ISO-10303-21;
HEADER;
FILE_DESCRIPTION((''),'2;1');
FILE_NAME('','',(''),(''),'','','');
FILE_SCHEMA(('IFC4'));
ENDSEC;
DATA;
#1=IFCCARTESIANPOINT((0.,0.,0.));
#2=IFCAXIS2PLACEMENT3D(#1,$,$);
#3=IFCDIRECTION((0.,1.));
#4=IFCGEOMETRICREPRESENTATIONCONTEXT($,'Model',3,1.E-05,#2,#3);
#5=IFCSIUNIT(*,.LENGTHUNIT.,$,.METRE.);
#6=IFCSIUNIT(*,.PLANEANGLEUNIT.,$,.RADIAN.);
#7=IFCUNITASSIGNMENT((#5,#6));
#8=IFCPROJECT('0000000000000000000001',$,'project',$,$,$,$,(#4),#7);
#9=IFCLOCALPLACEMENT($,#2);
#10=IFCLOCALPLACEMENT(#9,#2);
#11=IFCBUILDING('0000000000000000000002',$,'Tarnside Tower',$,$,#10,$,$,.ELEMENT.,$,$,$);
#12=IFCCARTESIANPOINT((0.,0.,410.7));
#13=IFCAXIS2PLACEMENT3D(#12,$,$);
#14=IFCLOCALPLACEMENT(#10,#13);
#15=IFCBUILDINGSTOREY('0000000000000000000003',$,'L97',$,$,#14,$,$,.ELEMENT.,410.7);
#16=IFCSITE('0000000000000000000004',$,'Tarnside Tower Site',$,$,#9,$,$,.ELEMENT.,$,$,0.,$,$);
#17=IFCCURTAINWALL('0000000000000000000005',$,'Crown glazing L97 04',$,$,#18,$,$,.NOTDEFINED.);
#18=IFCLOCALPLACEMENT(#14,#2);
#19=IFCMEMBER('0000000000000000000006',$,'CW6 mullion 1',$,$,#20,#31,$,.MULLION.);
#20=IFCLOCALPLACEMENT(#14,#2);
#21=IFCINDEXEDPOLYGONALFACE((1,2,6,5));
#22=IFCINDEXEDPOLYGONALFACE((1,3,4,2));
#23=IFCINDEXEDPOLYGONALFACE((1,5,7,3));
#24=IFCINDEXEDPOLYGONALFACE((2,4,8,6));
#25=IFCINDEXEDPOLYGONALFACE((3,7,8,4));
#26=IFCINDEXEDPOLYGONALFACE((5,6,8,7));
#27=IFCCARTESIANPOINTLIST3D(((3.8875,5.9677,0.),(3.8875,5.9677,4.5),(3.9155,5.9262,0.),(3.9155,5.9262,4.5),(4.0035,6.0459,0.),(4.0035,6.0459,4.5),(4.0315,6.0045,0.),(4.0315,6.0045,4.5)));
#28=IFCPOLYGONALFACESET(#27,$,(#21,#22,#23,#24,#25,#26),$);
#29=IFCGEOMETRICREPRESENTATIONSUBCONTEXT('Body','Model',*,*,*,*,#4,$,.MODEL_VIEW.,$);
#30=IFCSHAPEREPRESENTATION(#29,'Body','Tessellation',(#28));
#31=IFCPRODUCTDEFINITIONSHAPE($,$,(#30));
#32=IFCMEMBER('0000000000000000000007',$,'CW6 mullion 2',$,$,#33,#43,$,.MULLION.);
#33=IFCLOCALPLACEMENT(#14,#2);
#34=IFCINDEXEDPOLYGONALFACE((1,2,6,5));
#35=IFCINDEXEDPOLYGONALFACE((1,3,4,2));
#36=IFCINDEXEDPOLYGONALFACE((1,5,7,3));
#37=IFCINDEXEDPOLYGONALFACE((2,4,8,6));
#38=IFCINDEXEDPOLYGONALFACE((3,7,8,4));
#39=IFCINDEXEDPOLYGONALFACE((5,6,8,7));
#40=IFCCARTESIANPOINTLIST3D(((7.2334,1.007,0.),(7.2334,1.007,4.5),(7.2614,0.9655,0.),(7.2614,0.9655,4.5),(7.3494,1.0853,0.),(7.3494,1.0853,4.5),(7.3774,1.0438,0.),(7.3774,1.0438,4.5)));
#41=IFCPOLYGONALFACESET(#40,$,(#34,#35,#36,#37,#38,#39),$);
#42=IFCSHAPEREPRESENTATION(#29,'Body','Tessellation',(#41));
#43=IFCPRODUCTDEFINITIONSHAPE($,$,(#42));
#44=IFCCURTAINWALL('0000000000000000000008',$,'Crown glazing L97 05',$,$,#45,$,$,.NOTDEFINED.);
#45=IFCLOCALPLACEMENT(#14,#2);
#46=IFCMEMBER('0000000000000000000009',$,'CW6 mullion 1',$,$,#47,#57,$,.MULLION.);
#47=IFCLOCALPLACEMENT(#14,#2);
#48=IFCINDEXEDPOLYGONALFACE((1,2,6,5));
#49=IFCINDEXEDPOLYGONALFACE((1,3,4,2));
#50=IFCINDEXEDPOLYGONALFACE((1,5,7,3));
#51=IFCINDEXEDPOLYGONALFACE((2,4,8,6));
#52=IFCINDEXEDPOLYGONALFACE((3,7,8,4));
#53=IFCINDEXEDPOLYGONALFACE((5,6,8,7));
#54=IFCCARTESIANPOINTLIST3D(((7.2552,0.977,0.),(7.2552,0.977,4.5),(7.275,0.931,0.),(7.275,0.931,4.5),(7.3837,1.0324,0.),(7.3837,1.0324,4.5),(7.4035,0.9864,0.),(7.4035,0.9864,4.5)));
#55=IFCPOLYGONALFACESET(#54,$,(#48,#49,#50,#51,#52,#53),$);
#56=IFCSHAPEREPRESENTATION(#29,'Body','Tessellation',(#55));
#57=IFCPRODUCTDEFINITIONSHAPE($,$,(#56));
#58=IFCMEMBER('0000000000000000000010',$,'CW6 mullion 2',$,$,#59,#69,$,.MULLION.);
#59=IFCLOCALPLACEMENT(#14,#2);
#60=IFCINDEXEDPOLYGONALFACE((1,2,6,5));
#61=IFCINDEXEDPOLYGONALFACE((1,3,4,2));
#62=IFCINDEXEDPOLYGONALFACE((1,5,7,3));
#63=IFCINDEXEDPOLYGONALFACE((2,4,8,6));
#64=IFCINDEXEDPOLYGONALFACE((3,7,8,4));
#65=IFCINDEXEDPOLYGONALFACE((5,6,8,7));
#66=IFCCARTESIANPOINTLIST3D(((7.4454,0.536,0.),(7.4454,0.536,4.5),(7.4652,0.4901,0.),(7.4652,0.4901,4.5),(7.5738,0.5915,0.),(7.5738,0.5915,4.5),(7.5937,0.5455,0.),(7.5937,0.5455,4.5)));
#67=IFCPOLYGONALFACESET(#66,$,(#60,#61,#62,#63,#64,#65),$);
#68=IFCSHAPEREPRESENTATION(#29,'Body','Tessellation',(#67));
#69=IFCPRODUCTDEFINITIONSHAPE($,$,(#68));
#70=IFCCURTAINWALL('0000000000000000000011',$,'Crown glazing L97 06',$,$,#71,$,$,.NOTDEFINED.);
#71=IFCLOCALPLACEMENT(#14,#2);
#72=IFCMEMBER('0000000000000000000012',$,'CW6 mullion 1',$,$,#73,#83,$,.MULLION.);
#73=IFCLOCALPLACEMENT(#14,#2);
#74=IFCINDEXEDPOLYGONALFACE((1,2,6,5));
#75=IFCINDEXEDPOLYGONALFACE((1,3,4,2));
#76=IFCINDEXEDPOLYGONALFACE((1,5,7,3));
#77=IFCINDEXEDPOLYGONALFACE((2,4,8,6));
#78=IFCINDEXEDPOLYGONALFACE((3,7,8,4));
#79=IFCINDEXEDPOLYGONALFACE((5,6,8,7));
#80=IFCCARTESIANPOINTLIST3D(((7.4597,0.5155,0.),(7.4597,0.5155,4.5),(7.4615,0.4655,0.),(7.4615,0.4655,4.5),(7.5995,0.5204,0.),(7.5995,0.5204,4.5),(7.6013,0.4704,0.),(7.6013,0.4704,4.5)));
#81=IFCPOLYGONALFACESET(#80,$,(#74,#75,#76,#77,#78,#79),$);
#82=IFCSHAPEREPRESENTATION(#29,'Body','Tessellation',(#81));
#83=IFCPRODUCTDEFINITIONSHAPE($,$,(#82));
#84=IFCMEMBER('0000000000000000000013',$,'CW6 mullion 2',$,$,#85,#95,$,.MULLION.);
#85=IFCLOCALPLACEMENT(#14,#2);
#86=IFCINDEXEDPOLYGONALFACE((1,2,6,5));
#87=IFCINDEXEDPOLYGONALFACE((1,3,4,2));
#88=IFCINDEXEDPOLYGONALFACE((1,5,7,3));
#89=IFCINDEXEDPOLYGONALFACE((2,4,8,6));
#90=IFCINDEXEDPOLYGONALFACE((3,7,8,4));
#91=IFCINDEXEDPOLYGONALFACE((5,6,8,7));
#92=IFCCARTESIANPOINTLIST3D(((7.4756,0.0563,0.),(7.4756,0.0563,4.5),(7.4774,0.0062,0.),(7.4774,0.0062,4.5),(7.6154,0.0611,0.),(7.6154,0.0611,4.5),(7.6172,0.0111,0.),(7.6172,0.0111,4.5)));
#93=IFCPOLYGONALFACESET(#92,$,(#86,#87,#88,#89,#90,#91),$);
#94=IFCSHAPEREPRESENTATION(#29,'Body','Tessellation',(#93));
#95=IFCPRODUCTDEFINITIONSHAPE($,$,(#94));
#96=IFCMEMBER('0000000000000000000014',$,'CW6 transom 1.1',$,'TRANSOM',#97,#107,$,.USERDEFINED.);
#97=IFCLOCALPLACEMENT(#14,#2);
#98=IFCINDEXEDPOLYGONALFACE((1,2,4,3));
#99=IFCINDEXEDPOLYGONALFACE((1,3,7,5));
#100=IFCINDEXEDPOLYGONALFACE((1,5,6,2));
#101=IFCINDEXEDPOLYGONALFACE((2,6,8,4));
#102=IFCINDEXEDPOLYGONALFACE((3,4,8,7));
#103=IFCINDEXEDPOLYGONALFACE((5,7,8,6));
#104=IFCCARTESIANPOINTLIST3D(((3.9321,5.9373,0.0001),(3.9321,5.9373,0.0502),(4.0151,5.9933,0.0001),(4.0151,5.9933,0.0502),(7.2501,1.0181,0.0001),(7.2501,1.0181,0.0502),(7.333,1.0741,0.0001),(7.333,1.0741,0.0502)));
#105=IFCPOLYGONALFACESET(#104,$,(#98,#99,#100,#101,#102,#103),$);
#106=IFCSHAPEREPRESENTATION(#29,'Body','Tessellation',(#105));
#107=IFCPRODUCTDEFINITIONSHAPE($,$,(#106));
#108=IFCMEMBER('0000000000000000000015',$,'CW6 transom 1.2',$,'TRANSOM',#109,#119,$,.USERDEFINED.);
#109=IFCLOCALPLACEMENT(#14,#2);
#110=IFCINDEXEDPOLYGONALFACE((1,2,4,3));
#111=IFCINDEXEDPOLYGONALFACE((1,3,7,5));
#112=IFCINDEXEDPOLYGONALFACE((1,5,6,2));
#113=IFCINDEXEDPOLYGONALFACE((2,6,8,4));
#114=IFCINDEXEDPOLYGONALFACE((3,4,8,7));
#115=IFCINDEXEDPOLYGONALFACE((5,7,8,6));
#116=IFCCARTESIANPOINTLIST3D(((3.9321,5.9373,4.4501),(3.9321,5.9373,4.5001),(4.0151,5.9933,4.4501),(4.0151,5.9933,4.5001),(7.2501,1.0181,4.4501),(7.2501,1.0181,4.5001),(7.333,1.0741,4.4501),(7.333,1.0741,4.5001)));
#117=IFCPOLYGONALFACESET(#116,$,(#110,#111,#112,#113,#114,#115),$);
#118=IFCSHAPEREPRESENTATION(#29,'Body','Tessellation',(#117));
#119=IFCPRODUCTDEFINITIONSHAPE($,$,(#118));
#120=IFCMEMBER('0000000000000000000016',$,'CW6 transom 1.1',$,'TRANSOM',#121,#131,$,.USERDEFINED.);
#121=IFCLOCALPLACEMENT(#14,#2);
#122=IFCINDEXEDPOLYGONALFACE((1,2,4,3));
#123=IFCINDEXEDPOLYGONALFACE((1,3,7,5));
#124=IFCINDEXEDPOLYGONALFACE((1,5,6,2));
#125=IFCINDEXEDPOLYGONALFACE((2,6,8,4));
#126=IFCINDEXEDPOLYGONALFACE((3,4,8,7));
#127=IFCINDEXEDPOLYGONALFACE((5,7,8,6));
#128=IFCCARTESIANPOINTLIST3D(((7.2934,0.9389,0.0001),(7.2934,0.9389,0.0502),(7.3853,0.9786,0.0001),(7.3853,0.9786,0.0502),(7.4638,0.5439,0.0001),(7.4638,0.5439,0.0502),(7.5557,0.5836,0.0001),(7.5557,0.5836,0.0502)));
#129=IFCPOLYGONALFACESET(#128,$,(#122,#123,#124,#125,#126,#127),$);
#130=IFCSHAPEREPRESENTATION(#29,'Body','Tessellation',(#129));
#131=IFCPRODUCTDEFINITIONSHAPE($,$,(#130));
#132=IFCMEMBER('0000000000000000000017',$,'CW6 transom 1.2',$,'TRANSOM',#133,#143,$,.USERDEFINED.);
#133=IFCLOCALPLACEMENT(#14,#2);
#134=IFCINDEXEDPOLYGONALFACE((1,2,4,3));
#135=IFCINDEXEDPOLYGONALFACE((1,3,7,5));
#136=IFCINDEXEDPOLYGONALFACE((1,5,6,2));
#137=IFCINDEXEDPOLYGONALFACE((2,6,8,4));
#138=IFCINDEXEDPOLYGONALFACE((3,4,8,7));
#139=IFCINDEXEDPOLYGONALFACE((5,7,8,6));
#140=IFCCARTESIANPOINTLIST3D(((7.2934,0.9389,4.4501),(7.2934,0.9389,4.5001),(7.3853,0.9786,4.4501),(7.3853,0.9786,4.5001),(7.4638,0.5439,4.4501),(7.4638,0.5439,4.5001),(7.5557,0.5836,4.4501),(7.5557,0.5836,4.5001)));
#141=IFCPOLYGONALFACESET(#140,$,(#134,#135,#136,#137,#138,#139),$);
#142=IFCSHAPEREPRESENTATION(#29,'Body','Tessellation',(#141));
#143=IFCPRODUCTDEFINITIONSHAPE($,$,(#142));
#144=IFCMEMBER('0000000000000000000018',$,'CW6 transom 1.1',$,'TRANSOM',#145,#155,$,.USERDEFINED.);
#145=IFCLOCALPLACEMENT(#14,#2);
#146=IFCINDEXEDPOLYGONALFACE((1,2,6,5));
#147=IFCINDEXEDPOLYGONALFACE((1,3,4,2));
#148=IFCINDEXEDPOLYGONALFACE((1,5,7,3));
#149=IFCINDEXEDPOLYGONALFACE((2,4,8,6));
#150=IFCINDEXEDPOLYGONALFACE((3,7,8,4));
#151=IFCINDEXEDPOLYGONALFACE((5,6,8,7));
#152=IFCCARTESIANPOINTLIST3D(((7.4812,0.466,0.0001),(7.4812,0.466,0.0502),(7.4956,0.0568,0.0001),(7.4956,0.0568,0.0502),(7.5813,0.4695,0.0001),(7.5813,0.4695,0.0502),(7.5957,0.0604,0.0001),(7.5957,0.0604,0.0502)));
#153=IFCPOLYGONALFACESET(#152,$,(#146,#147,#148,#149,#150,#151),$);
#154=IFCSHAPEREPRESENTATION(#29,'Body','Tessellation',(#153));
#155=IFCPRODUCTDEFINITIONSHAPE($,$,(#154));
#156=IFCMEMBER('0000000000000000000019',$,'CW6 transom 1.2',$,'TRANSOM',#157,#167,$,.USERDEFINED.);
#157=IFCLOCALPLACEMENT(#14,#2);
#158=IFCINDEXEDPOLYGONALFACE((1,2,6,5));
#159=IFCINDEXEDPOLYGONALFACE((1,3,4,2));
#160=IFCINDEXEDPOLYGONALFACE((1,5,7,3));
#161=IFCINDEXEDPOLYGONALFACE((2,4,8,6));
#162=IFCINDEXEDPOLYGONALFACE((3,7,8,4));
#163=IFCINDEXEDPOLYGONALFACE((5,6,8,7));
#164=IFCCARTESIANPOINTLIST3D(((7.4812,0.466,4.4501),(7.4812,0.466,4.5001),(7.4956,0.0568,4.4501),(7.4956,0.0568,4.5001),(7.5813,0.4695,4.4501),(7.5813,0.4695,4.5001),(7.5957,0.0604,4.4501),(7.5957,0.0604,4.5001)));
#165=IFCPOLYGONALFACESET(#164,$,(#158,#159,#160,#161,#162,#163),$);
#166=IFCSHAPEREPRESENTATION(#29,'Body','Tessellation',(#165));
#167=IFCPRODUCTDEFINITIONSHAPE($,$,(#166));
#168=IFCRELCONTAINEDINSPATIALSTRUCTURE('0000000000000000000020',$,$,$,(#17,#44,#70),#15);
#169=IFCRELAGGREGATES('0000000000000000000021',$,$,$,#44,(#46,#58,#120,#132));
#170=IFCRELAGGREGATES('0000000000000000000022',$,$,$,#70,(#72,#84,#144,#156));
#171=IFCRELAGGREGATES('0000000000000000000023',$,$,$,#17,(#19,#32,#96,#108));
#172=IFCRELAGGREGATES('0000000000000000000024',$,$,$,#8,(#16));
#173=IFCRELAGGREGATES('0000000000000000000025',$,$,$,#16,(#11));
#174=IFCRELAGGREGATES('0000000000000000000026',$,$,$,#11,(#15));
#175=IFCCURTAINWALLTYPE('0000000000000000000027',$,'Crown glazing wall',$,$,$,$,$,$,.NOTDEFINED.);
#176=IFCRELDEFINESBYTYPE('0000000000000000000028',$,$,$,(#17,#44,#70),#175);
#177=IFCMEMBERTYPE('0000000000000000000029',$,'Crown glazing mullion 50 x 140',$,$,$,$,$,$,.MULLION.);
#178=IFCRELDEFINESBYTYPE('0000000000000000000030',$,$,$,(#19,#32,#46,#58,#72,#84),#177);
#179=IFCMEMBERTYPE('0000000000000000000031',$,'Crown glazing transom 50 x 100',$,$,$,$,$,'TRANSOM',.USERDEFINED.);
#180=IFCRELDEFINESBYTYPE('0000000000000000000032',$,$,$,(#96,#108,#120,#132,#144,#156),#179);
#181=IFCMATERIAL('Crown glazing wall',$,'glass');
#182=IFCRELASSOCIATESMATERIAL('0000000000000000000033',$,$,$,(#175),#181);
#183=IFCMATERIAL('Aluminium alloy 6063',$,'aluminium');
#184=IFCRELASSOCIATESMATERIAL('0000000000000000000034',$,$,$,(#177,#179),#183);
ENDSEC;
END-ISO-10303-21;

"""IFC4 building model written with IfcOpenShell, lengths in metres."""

from ifc_helpers import new_model, si_unit, direction, frame, origin, origin_2d, place, context, subcontext, project, spatial, rectangle, extrude, material, material_profile, profile_set, type_object, element, aggregate, save


model = new_model("IFC4")

# Units and contexts
model_context = context("Model", 3, precision=1e-05, world=origin(), true_north=direction((0.0, 1.0)))
body_context = subcontext(model_context, "Body", "Model", "MODEL_VIEW")
ifc_project = project(units=[si_unit("LENGTHUNIT", "METRE"), si_unit("PLANEANGLEUNIT", "RADIAN")], contexts=[model_context])

# Site, building, storey
site_placement = place(None, origin())
site = spatial("IfcSite", under=ifc_project, at=site_placement, Name="Tarnside Tower Site", CompositionType="ELEMENT", RefElevation=0.0)
building_placement = place(site_placement, origin())
building = spatial("IfcBuilding", under=site, at=building_placement, Name="Tarnside Tower", CompositionType="ELEMENT")
storey_placement = place(building_placement, frame((0.0, 0.0, 410.7)))
storey = spatial("IfcBuildingStorey", under=building, at=storey_placement, Name="L97", CompositionType="ELEMENT", Elevation=410.7)

# Curtain walls, members
ifc_material_1 = material(Name="Crown glazing wall", Category="glass")
curtain_wall_type_1 = type_object("IfcCurtainWallType", Name="Crown glazing wall", PredefinedType="NOTDEFINED", material=ifc_material_1)
curtain_wall_1_placement = place(storey_placement, origin())
curtain_wall_1 = element("IfcCurtainWall", 1, at=curtain_wall_1_placement, inside=storey, type_object=curtain_wall_type_1, Name="Crown glazing L97 04", PredefinedType="NOTDEFINED")
ifc_material_2 = material(Name="Aluminium alloy 6063", Category="aluminium")
ifc_material_profile_1 = material_profile(ifc_material_2, rectangle(XDim=0.1399, YDim=0.05, at=origin_2d()), Name="Crown glazing mullion 50 x 140")
ifc_profile_set_1 = profile_set([ifc_material_profile_1], Name="Aluminium alloy 6063")
member_type_1 = type_object("IfcMemberType", Name="Crown glazing mullion 50 x 140", PredefinedType="MULLION", material=ifc_profile_set_1)
member_1_placement = place(storey_placement, frame((3.9595, 5.9861, 0.0), z_axis=(0.0, 0.0, 1.0), x_axis=(0.829038, 0.559193, 0.0)))
member_1 = element("IfcMember", 2, at=member_1_placement, type_object=member_type_1, Name="CW6 mullion 1", PredefinedType="MULLION", context=body_context, shape_type="SweptSolid", body=[
    extrude(rectangle(XDim=0.1399, YDim=0.05, at=origin_2d()), origin(), (0.0, 0.0, 1.0), 4.5),
])
member_2_placement = place(storey_placement, frame((7.3054, 1.0254, 0.0), z_axis=(0.0, 0.0, 1.0), x_axis=(0.829038, 0.559193, 0.0)))
member_2 = element("IfcMember", 3, at=member_2_placement, type_object=member_type_1, Name="CW6 mullion 2", PredefinedType="MULLION", context=body_context, shape_type="SweptSolid", body=[
    extrude(rectangle(XDim=0.1399, YDim=0.05, at=origin_2d()), origin(), (0.0, 0.0, 1.0), 4.5),
])
curtain_wall_2_placement = place(storey_placement, origin())
curtain_wall_2 = element("IfcCurtainWall", 4, at=curtain_wall_2_placement, inside=storey, type_object=curtain_wall_type_1, Name="Crown glazing L97 05", PredefinedType="NOTDEFINED")
member_3_placement = place(storey_placement, frame((7.3293, 0.9817, 0.0), z_axis=(0.0, 0.0, 1.0), x_axis=(0.918216, 0.39608, 0.0)))
member_3 = element("IfcMember", 5, at=member_3_placement, type_object=member_type_1, Name="CW6 mullion 1", PredefinedType="MULLION", context=body_context, shape_type="SweptSolid", body=[
    extrude(rectangle(XDim=0.1399, YDim=0.05, at=origin_2d()), origin(), (0.0, 0.0, 1.0), 4.5),
])
member_4_placement = place(storey_placement, frame((7.5195, 0.5408, 0.0), z_axis=(0.0, 0.0, 1.0), x_axis=(0.918216, 0.39608, 0.0)))
member_4 = element("IfcMember", 6, at=member_4_placement, type_object=member_type_1, Name="CW6 mullion 2", PredefinedType="MULLION", context=body_context, shape_type="SweptSolid", body=[
    extrude(rectangle(XDim=0.1399, YDim=0.05, at=origin_2d()), origin(), (0.0, 0.0, 1.0), 4.5),
])
curtain_wall_3_placement = place(storey_placement, origin())
curtain_wall_3 = element("IfcCurtainWall", 7, at=curtain_wall_3_placement, inside=storey, type_object=curtain_wall_type_1, Name="Crown glazing L97 06", PredefinedType="NOTDEFINED")
member_5_placement = place(storey_placement, frame((7.5305, 0.4929, 0.0), z_axis=(0.0, 0.0, 1.0), x_axis=(0.999391, 0.034899, 0.0)))
member_5 = element("IfcMember", 8, at=member_5_placement, type_object=member_type_1, Name="CW6 mullion 1", PredefinedType="MULLION", context=body_context, shape_type="SweptSolid", body=[
    extrude(rectangle(XDim=0.1399, YDim=0.05, at=origin_2d()), origin(), (0.0, 0.0, 1.0), 4.5),
])
member_6_placement = place(storey_placement, frame((7.5464, 0.0337, 0.0), z_axis=(0.0, 0.0, 1.0), x_axis=(0.999391, 0.034899, 0.0)))
member_6 = element("IfcMember", 9, at=member_6_placement, type_object=member_type_1, Name="CW6 mullion 2", PredefinedType="MULLION", context=body_context, shape_type="SweptSolid", body=[
    extrude(rectangle(XDim=0.1399, YDim=0.05, at=origin_2d()), origin(), (0.0, 0.0, 1.0), 4.5),
])

# Members
ifc_material_profile_2 = material_profile(ifc_material_2, rectangle(XDim=0.1001, YDim=0.05, at=origin_2d()), Name="Crown glazing transom 50 x 100")
ifc_profile_set_2 = profile_set([ifc_material_profile_2], Name="Aluminium alloy 6063")
member_type_2 = type_object("IfcMemberType", Name="Crown glazing transom 50 x 100", ElementType="TRANSOM", PredefinedType="USERDEFINED", material=ifc_profile_set_2)
member_7_placement = place(storey_placement, frame((3.9736, 5.9653, 0.0251), z_axis=(0.559174, -0.82905, 0.0), x_axis=(0.82905, 0.559174, 0.0)))
member_7 = element("IfcMember", 10, at=member_7_placement, type_object=member_type_2, Name="CW6 transom 1.1", ObjectType="TRANSOM", PredefinedType="USERDEFINED", context=body_context, shape_type="SweptSolid", body=[
    extrude(rectangle(XDim=0.1001, YDim=0.05, at=origin_2d()), origin(), (0.0, 0.0, 1.0), 5.9336),
])
member_8_placement = place(storey_placement, frame((3.9736, 5.9653, 4.4751), z_axis=(0.559174, -0.82905, 0.0), x_axis=(0.82905, 0.559174, 0.0)))
member_8 = element("IfcMember", 11, at=member_8_placement, type_object=member_type_2, Name="CW6 transom 1.2", ObjectType="TRANSOM", PredefinedType="USERDEFINED", context=body_context, shape_type="SweptSolid", body=[
    extrude(rectangle(XDim=0.1001, YDim=0.05, at=origin_2d()), origin(), (0.0, 0.0, 1.0), 5.9336),
])
member_9_placement = place(storey_placement, frame((7.3394, 0.9587, 0.0251), z_axis=(0.39611, -0.918203, 0.0), x_axis=(0.918203, 0.39611, 0.0)))
member_9 = element("IfcMember", 12, at=member_9_placement, type_object=member_type_2, Name="CW6 transom 1.1", ObjectType="TRANSOM", PredefinedType="USERDEFINED", context=body_context, shape_type="SweptSolid", body=[
    extrude(rectangle(XDim=0.1001, YDim=0.05, at=origin_2d()), origin(), (0.0, 0.0, 1.0), 0.4302),
])
member_10_placement = place(storey_placement, frame((7.3394, 0.9587, 4.4751), z_axis=(0.39611, -0.918203, 0.0), x_axis=(0.918203, 0.39611, 0.0)))
member_10 = element("IfcMember", 13, at=member_10_placement, type_object=member_type_2, Name="CW6 transom 1.2", ObjectType="TRANSOM", PredefinedType="USERDEFINED", context=body_context, shape_type="SweptSolid", body=[
    extrude(rectangle(XDim=0.1001, YDim=0.05, at=origin_2d()), origin(), (0.0, 0.0, 1.0), 0.4302),
])
member_11_placement = place(storey_placement, frame((7.5312, 0.4678, 0.0251), z_axis=(0.035181, -0.999381, 0.0), x_axis=(0.999381, 0.035181, 0.0)))
member_11 = element("IfcMember", 14, at=member_11_placement, type_object=member_type_2, Name="CW6 transom 1.1", ObjectType="TRANSOM", PredefinedType="USERDEFINED", context=body_context, shape_type="SweptSolid", body=[
    extrude(rectangle(XDim=0.1001, YDim=0.05, at=origin_2d()), origin(), (0.0, 0.0, 1.0), 0.4094),
])
member_12_placement = place(storey_placement, frame((7.5312, 0.4678, 4.4751), z_axis=(0.035181, -0.999381, 0.0), x_axis=(0.999381, 0.035181, 0.0)))
member_12 = element("IfcMember", 15, at=member_12_placement, type_object=member_type_2, Name="CW6 transom 1.2", ObjectType="TRANSOM", PredefinedType="USERDEFINED", context=body_context, shape_type="SweptSolid", body=[
    extrude(rectangle(XDim=0.1001, YDim=0.05, at=origin_2d()), origin(), (0.0, 0.0, 1.0), 0.4094),
])

aggregate(curtain_wall_2, [member_3, member_4, member_9, member_10])
aggregate(curtain_wall_3, [member_5, member_6, member_11, member_12])
aggregate(curtain_wall_1, [member_1, member_2, member_7, member_8])

save(model, "model.ifc")
